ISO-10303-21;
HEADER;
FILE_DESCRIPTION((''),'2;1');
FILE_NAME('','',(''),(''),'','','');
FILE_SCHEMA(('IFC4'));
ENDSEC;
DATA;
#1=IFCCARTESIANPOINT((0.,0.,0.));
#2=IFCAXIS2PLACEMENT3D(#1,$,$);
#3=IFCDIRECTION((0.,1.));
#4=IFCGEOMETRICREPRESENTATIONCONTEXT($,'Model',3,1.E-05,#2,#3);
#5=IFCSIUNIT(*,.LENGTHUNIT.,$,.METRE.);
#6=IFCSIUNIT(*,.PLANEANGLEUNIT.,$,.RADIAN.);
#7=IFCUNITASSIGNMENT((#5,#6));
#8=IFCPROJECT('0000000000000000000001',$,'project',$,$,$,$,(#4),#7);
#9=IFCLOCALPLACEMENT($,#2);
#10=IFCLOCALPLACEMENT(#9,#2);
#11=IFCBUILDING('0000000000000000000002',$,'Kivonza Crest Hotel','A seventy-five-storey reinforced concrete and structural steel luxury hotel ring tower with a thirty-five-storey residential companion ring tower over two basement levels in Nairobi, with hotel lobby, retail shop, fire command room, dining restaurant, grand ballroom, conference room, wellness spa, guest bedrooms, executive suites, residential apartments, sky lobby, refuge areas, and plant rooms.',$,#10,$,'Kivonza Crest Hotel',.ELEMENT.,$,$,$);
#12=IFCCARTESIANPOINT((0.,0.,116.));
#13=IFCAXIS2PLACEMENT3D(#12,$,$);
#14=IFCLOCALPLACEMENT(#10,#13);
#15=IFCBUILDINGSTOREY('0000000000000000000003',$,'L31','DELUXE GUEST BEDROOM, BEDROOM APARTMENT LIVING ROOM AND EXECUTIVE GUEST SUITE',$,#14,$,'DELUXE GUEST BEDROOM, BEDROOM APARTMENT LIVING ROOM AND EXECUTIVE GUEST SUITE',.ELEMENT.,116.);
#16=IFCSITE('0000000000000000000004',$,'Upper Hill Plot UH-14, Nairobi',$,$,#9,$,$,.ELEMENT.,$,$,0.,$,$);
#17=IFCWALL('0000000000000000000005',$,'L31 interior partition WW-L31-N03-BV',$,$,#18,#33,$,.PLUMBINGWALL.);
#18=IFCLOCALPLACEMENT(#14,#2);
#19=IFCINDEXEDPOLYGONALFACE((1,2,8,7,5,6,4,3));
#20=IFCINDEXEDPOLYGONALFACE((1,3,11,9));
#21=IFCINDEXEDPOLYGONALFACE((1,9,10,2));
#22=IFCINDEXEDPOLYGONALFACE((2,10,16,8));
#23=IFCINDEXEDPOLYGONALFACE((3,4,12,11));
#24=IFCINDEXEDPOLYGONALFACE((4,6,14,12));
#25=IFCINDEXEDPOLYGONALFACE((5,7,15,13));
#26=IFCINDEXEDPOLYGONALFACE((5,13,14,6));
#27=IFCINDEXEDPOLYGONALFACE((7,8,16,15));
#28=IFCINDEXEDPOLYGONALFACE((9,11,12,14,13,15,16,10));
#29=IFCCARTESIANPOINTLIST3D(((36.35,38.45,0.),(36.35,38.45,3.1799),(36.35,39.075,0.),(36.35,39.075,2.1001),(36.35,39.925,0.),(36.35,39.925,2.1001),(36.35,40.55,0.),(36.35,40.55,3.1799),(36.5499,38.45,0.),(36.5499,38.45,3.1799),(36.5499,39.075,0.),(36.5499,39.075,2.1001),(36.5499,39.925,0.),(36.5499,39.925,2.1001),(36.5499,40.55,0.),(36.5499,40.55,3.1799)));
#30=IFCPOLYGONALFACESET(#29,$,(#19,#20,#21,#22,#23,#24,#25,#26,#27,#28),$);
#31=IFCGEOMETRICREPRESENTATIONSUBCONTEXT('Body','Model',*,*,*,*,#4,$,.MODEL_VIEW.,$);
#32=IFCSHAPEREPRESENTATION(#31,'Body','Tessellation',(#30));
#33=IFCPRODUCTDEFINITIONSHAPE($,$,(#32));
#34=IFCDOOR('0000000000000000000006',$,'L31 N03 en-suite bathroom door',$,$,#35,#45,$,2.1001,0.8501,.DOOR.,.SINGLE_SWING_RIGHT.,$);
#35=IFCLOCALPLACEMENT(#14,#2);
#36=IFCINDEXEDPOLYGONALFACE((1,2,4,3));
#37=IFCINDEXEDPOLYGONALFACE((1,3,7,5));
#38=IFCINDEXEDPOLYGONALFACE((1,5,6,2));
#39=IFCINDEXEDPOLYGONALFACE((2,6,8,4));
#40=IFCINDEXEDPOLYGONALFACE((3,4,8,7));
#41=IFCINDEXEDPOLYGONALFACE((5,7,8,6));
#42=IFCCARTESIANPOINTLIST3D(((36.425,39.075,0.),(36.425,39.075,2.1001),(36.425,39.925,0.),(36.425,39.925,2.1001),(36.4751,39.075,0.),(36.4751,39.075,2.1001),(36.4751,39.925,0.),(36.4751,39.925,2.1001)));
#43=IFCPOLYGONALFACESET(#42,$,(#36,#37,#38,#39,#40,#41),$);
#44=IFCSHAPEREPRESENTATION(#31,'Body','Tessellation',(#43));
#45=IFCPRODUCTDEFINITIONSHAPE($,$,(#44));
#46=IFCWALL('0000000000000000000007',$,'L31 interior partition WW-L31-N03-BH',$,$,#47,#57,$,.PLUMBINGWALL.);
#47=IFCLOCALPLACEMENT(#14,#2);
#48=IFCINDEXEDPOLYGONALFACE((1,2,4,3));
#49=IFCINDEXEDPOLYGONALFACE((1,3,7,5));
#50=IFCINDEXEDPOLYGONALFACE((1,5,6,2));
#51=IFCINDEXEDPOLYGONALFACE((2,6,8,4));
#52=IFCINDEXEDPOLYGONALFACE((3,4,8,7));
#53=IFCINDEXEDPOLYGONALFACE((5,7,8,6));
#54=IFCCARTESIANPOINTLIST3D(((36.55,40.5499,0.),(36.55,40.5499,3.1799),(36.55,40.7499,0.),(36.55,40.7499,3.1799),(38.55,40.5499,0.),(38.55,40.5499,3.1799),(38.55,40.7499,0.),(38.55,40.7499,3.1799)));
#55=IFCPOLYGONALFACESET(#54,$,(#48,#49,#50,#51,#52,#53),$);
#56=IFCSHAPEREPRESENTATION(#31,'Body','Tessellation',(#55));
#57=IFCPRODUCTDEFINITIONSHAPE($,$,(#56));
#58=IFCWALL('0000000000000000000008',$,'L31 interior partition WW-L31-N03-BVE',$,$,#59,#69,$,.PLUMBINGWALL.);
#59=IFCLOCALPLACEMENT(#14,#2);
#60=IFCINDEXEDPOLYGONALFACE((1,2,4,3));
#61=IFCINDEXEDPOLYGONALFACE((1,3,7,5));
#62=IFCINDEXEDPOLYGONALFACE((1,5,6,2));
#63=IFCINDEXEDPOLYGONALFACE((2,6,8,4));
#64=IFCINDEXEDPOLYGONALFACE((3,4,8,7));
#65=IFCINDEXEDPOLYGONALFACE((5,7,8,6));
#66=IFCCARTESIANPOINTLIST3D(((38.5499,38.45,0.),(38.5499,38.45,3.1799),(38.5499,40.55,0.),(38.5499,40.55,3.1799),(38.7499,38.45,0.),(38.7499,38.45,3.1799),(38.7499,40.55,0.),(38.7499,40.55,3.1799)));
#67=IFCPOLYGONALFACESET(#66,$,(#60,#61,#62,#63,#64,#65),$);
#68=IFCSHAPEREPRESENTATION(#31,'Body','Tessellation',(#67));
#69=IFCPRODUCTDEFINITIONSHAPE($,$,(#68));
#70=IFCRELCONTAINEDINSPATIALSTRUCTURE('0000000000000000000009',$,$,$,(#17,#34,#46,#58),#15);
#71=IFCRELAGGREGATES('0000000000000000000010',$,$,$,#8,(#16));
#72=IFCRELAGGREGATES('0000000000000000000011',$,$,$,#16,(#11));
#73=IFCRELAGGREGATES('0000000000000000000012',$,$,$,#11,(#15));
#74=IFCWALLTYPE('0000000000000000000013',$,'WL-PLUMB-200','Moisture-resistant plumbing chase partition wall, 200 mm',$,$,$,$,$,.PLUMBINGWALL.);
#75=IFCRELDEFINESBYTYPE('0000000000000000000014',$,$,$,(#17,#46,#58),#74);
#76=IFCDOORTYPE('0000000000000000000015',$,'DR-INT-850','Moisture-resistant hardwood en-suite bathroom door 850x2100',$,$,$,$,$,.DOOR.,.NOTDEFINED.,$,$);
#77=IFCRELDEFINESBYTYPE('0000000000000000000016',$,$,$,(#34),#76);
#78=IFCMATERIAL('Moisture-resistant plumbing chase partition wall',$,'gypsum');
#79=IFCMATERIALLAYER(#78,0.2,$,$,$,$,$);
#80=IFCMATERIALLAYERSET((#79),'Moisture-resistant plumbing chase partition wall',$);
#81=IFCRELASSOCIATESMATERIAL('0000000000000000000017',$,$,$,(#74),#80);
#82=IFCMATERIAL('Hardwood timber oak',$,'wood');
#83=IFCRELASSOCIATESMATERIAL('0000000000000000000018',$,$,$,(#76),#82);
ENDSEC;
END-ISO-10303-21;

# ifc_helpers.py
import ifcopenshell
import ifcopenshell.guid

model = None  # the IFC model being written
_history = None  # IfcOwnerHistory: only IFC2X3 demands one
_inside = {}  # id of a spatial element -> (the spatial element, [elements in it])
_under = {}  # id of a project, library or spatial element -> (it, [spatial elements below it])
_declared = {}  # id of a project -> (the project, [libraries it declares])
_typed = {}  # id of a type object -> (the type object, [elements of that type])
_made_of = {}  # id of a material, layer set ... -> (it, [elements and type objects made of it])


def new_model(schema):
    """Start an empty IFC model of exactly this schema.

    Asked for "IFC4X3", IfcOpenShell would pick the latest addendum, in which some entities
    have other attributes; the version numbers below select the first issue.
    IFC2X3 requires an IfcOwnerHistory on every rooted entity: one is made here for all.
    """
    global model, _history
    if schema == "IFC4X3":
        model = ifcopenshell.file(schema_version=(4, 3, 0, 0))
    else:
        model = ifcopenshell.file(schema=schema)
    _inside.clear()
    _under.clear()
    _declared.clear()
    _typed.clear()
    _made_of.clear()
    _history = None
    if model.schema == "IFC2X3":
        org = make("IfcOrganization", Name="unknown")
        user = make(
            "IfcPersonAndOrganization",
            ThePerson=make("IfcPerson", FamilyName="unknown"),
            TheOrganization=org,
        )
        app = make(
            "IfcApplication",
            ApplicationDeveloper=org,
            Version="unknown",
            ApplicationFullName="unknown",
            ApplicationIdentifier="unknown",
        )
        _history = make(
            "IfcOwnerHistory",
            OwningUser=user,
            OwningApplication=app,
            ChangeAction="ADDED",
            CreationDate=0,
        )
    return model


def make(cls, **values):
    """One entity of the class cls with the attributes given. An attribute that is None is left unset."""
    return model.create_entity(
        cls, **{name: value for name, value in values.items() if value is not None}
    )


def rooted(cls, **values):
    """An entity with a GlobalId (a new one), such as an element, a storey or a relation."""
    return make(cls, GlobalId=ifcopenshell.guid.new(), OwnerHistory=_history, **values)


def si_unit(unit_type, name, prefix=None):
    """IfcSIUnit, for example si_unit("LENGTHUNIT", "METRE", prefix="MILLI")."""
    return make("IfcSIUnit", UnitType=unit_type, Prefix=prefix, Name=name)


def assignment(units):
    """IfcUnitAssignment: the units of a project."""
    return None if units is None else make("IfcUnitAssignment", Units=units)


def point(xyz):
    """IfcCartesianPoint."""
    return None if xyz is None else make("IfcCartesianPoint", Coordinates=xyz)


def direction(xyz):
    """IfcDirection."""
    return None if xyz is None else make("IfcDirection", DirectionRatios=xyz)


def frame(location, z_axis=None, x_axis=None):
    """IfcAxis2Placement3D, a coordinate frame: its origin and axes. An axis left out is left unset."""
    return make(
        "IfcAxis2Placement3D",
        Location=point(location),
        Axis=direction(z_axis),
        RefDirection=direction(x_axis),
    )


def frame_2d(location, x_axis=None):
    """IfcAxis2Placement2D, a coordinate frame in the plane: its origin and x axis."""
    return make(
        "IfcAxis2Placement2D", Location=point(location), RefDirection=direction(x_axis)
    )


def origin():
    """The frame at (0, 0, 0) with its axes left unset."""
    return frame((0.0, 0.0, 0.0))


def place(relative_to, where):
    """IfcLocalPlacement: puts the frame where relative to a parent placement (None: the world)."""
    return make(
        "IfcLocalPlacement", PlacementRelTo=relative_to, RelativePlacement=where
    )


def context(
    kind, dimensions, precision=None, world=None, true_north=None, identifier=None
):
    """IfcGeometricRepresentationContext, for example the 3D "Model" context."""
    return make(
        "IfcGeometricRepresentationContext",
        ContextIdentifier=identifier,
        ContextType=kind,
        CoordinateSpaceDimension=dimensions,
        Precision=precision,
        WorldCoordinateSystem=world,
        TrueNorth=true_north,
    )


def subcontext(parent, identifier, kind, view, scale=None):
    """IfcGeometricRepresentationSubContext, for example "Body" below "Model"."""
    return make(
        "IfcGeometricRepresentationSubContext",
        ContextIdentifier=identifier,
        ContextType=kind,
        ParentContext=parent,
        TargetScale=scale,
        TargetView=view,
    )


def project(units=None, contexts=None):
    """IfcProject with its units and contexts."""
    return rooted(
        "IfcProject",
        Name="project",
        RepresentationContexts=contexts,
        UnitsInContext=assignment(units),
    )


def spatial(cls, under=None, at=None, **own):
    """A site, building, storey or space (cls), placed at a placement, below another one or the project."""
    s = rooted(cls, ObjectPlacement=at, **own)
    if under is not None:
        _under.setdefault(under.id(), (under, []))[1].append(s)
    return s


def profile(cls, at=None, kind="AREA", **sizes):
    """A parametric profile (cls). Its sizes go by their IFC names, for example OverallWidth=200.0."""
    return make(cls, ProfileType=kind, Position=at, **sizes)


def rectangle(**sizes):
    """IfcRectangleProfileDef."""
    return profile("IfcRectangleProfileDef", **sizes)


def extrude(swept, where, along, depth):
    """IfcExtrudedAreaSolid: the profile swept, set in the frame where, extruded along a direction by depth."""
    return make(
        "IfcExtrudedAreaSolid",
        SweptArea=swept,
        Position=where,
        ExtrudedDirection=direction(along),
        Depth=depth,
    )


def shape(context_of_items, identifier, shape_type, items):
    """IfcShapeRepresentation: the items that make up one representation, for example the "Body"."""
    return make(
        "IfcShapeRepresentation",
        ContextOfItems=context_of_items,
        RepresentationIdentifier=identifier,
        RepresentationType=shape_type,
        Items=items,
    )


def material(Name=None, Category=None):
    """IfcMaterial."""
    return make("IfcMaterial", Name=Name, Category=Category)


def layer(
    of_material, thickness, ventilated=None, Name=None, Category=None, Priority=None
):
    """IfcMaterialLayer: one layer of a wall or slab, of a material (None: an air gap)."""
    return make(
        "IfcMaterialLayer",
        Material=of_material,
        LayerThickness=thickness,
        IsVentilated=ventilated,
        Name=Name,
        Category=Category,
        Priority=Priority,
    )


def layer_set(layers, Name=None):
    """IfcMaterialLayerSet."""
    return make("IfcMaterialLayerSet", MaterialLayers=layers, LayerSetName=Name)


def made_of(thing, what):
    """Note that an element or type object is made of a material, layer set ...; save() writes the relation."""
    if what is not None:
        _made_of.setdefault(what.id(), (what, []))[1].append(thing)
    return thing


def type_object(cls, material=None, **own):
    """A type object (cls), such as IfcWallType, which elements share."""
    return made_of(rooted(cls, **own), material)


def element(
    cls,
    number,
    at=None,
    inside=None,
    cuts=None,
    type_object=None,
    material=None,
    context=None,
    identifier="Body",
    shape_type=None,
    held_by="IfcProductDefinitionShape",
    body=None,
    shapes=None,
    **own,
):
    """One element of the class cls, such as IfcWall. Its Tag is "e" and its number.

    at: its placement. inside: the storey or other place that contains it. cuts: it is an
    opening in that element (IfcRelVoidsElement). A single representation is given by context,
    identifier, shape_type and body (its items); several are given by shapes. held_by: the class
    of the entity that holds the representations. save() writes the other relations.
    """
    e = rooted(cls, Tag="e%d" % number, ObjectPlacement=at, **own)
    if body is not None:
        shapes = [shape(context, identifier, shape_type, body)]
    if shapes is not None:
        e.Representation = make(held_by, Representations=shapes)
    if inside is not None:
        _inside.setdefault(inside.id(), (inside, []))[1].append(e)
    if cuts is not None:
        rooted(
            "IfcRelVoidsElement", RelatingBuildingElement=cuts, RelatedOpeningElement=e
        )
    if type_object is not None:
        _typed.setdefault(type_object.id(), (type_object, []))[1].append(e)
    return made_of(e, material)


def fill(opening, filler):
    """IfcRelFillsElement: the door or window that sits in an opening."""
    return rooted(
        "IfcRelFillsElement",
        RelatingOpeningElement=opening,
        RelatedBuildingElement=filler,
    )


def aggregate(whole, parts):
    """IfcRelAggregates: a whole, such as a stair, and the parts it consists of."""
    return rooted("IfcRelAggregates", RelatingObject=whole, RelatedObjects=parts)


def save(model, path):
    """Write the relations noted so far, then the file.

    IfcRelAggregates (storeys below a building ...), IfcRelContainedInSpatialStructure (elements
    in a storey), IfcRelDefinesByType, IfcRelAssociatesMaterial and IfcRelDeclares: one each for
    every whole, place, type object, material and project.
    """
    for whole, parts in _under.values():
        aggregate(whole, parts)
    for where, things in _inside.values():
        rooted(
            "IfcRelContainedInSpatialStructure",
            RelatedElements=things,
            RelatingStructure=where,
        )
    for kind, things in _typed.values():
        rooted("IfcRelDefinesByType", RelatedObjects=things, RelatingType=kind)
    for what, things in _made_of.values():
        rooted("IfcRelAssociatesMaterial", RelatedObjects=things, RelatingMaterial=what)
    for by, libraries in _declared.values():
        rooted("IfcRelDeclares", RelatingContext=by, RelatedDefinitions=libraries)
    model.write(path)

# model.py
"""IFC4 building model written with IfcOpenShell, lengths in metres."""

from ifc_helpers import new_model, si_unit, direction, frame, frame_2d, origin, place, context, subcontext, project, spatial, rectangle, extrude, material, layer, layer_set, type_object, element, fill, save


model = new_model("IFC4")

# Units and contexts
model_context = context("Model", 3, precision=1e-05, world=origin(), true_north=direction((0.0, 1.0)))
body_context = subcontext(model_context, "Body", "Model", "MODEL_VIEW")
ifc_project = project(units=[si_unit("LENGTHUNIT", "METRE"), si_unit("PLANEANGLEUNIT", "RADIAN")], contexts=[model_context])

# Site, building, storey
site_placement = place(None, origin())
site = spatial("IfcSite", under=ifc_project, at=site_placement, Name="Upper Hill Plot UH-14, Nairobi", CompositionType="ELEMENT", RefElevation=0.0)
building_placement = place(site_placement, origin())
building = spatial("IfcBuilding", under=site, at=building_placement, Name="Kivonza Crest Hotel", Description="A seventy-five-storey reinforced concrete and structural steel luxury hotel ring tower with a thirty-five-storey residential companion ring tower over two basement levels in Nairobi, with hotel lobby, retail shop, fire command room, dining restaurant, grand ballroom, conference room, wellness spa, guest bedrooms, executive suites, residential apartments, sky lobby, refuge areas, and plant rooms.", LongName="Kivonza Crest Hotel", CompositionType="ELEMENT")
storey_placement = place(building_placement, frame((0.0, 0.0, 116.0)))
storey = spatial("IfcBuildingStorey", under=building, at=storey_placement, Name="L31", Description="DELUXE GUEST BEDROOM, BEDROOM APARTMENT LIVING ROOM AND EXECUTIVE GUEST SUITE", LongName="DELUXE GUEST BEDROOM, BEDROOM APARTMENT LIVING ROOM AND EXECUTIVE GUEST SUITE", CompositionType="ELEMENT", Elevation=116.0)

# Shared definitions
ifc_material_1 = material(Name="Hardwood timber oak", Category="wood")

# Wall, opening, door
ifc_material_2 = material(Name="Moisture-resistant plumbing chase partition wall", Category="gypsum")
ifc_layer_1 = layer(ifc_material_2, 0.2)
ifc_layer_set_1 = layer_set([ifc_layer_1], Name="Moisture-resistant plumbing chase partition wall")
wall_type_1 = type_object("IfcWallType", Name="WL-PLUMB-200", Description="Moisture-resistant plumbing chase partition wall, 200 mm", PredefinedType="PLUMBINGWALL", material=ifc_layer_set_1)
wall_1_placement = place(storey_placement, frame((36.45, 38.45, 0.0), z_axis=(0.0, 0.0, 1.0), x_axis=(0.0, 1.0, 0.0)))
wall_1 = element("IfcWall", 1, at=wall_1_placement, inside=storey, type_object=wall_type_1, Name="L31 interior partition WW-L31-N03-BV", PredefinedType="PLUMBINGWALL", context=body_context, shape_type="SweptSolid", body=[
    extrude(rectangle(XDim=2.1001, YDim=0.2, at=frame_2d((1.05, 0.0))), origin(), (0.0, 0.0, 1.0), 3.1799),
])
opening_1_placement = place(wall_1_placement, frame((0.625, 0.0, 0.0)))
opening_1 = element("IfcOpeningElement", 2, at=opening_1_placement, cuts=wall_1, PredefinedType="OPENING", context=body_context, shape_type="SweptSolid", body=[
    extrude(rectangle(XDim=0.8501, YDim=2.1001, at=frame_2d((0.425, 1.05))), frame((0.0, 0.1099, 0.0), z_axis=(0.0, -1.0, 0.0), x_axis=(1.0, 0.0, 0.0)), (0.0, 0.0, 1.0), 0.22),
])
door_type_1 = type_object("IfcDoorType", Name="DR-INT-850", Description="Moisture-resistant hardwood en-suite bathroom door 850x2100", OperationType="NOTDEFINED", PredefinedType="DOOR", material=ifc_material_1)
door_1_placement = place(opening_1_placement, origin())
door_1 = element("IfcDoor", 3, at=door_1_placement, inside=storey, type_object=door_type_1, Name="L31 N03 en-suite bathroom door", OperationType="SINGLE_SWING_RIGHT", OverallHeight=2.1001, OverallWidth=0.8501, PredefinedType="DOOR", context=body_context, shape_type="SweptSolid", body=[
    extrude(rectangle(XDim=0.8501, YDim=2.1001, at=frame_2d((0.425, 1.05))), frame((0.0, 0.0249, 0.0), z_axis=(0.0, -1.0, 0.0), x_axis=(1.0, 0.0, 0.0)), (0.0, 0.0, 1.0), 0.05),
])
fill(opening_1, door_1)

# Walls
wall_2_placement = place(storey_placement, frame((36.55, 40.6499, 0.0), z_axis=(0.0, 0.0, 1.0), x_axis=(1.0, 0.0, 0.0)))
element("IfcWall", 4, at=wall_2_placement, inside=storey, type_object=wall_type_1, Name="L31 interior partition WW-L31-N03-BH", PredefinedType="PLUMBINGWALL", context=body_context, shape_type="SweptSolid", body=[
    extrude(rectangle(XDim=2.0, YDim=0.2, at=frame_2d((1.0, 0.0))), origin(), (0.0, 0.0, 1.0), 3.1799),
])
wall_3_placement = place(storey_placement, frame((38.6499, 38.45, 0.0), z_axis=(0.0, 0.0, 1.0), x_axis=(0.0, 1.0, 0.0)))
element("IfcWall", 5, at=wall_3_placement, inside=storey, type_object=wall_type_1, Name="L31 interior partition WW-L31-N03-BVE", PredefinedType="PLUMBINGWALL", context=body_context, shape_type="SweptSolid", body=[
    extrude(rectangle(XDim=2.1001, YDim=0.2, at=frame_2d((1.05, 0.0))), origin(), (0.0, 0.0, 1.0), 3.1799),
])

save(model, "model.ifc")
